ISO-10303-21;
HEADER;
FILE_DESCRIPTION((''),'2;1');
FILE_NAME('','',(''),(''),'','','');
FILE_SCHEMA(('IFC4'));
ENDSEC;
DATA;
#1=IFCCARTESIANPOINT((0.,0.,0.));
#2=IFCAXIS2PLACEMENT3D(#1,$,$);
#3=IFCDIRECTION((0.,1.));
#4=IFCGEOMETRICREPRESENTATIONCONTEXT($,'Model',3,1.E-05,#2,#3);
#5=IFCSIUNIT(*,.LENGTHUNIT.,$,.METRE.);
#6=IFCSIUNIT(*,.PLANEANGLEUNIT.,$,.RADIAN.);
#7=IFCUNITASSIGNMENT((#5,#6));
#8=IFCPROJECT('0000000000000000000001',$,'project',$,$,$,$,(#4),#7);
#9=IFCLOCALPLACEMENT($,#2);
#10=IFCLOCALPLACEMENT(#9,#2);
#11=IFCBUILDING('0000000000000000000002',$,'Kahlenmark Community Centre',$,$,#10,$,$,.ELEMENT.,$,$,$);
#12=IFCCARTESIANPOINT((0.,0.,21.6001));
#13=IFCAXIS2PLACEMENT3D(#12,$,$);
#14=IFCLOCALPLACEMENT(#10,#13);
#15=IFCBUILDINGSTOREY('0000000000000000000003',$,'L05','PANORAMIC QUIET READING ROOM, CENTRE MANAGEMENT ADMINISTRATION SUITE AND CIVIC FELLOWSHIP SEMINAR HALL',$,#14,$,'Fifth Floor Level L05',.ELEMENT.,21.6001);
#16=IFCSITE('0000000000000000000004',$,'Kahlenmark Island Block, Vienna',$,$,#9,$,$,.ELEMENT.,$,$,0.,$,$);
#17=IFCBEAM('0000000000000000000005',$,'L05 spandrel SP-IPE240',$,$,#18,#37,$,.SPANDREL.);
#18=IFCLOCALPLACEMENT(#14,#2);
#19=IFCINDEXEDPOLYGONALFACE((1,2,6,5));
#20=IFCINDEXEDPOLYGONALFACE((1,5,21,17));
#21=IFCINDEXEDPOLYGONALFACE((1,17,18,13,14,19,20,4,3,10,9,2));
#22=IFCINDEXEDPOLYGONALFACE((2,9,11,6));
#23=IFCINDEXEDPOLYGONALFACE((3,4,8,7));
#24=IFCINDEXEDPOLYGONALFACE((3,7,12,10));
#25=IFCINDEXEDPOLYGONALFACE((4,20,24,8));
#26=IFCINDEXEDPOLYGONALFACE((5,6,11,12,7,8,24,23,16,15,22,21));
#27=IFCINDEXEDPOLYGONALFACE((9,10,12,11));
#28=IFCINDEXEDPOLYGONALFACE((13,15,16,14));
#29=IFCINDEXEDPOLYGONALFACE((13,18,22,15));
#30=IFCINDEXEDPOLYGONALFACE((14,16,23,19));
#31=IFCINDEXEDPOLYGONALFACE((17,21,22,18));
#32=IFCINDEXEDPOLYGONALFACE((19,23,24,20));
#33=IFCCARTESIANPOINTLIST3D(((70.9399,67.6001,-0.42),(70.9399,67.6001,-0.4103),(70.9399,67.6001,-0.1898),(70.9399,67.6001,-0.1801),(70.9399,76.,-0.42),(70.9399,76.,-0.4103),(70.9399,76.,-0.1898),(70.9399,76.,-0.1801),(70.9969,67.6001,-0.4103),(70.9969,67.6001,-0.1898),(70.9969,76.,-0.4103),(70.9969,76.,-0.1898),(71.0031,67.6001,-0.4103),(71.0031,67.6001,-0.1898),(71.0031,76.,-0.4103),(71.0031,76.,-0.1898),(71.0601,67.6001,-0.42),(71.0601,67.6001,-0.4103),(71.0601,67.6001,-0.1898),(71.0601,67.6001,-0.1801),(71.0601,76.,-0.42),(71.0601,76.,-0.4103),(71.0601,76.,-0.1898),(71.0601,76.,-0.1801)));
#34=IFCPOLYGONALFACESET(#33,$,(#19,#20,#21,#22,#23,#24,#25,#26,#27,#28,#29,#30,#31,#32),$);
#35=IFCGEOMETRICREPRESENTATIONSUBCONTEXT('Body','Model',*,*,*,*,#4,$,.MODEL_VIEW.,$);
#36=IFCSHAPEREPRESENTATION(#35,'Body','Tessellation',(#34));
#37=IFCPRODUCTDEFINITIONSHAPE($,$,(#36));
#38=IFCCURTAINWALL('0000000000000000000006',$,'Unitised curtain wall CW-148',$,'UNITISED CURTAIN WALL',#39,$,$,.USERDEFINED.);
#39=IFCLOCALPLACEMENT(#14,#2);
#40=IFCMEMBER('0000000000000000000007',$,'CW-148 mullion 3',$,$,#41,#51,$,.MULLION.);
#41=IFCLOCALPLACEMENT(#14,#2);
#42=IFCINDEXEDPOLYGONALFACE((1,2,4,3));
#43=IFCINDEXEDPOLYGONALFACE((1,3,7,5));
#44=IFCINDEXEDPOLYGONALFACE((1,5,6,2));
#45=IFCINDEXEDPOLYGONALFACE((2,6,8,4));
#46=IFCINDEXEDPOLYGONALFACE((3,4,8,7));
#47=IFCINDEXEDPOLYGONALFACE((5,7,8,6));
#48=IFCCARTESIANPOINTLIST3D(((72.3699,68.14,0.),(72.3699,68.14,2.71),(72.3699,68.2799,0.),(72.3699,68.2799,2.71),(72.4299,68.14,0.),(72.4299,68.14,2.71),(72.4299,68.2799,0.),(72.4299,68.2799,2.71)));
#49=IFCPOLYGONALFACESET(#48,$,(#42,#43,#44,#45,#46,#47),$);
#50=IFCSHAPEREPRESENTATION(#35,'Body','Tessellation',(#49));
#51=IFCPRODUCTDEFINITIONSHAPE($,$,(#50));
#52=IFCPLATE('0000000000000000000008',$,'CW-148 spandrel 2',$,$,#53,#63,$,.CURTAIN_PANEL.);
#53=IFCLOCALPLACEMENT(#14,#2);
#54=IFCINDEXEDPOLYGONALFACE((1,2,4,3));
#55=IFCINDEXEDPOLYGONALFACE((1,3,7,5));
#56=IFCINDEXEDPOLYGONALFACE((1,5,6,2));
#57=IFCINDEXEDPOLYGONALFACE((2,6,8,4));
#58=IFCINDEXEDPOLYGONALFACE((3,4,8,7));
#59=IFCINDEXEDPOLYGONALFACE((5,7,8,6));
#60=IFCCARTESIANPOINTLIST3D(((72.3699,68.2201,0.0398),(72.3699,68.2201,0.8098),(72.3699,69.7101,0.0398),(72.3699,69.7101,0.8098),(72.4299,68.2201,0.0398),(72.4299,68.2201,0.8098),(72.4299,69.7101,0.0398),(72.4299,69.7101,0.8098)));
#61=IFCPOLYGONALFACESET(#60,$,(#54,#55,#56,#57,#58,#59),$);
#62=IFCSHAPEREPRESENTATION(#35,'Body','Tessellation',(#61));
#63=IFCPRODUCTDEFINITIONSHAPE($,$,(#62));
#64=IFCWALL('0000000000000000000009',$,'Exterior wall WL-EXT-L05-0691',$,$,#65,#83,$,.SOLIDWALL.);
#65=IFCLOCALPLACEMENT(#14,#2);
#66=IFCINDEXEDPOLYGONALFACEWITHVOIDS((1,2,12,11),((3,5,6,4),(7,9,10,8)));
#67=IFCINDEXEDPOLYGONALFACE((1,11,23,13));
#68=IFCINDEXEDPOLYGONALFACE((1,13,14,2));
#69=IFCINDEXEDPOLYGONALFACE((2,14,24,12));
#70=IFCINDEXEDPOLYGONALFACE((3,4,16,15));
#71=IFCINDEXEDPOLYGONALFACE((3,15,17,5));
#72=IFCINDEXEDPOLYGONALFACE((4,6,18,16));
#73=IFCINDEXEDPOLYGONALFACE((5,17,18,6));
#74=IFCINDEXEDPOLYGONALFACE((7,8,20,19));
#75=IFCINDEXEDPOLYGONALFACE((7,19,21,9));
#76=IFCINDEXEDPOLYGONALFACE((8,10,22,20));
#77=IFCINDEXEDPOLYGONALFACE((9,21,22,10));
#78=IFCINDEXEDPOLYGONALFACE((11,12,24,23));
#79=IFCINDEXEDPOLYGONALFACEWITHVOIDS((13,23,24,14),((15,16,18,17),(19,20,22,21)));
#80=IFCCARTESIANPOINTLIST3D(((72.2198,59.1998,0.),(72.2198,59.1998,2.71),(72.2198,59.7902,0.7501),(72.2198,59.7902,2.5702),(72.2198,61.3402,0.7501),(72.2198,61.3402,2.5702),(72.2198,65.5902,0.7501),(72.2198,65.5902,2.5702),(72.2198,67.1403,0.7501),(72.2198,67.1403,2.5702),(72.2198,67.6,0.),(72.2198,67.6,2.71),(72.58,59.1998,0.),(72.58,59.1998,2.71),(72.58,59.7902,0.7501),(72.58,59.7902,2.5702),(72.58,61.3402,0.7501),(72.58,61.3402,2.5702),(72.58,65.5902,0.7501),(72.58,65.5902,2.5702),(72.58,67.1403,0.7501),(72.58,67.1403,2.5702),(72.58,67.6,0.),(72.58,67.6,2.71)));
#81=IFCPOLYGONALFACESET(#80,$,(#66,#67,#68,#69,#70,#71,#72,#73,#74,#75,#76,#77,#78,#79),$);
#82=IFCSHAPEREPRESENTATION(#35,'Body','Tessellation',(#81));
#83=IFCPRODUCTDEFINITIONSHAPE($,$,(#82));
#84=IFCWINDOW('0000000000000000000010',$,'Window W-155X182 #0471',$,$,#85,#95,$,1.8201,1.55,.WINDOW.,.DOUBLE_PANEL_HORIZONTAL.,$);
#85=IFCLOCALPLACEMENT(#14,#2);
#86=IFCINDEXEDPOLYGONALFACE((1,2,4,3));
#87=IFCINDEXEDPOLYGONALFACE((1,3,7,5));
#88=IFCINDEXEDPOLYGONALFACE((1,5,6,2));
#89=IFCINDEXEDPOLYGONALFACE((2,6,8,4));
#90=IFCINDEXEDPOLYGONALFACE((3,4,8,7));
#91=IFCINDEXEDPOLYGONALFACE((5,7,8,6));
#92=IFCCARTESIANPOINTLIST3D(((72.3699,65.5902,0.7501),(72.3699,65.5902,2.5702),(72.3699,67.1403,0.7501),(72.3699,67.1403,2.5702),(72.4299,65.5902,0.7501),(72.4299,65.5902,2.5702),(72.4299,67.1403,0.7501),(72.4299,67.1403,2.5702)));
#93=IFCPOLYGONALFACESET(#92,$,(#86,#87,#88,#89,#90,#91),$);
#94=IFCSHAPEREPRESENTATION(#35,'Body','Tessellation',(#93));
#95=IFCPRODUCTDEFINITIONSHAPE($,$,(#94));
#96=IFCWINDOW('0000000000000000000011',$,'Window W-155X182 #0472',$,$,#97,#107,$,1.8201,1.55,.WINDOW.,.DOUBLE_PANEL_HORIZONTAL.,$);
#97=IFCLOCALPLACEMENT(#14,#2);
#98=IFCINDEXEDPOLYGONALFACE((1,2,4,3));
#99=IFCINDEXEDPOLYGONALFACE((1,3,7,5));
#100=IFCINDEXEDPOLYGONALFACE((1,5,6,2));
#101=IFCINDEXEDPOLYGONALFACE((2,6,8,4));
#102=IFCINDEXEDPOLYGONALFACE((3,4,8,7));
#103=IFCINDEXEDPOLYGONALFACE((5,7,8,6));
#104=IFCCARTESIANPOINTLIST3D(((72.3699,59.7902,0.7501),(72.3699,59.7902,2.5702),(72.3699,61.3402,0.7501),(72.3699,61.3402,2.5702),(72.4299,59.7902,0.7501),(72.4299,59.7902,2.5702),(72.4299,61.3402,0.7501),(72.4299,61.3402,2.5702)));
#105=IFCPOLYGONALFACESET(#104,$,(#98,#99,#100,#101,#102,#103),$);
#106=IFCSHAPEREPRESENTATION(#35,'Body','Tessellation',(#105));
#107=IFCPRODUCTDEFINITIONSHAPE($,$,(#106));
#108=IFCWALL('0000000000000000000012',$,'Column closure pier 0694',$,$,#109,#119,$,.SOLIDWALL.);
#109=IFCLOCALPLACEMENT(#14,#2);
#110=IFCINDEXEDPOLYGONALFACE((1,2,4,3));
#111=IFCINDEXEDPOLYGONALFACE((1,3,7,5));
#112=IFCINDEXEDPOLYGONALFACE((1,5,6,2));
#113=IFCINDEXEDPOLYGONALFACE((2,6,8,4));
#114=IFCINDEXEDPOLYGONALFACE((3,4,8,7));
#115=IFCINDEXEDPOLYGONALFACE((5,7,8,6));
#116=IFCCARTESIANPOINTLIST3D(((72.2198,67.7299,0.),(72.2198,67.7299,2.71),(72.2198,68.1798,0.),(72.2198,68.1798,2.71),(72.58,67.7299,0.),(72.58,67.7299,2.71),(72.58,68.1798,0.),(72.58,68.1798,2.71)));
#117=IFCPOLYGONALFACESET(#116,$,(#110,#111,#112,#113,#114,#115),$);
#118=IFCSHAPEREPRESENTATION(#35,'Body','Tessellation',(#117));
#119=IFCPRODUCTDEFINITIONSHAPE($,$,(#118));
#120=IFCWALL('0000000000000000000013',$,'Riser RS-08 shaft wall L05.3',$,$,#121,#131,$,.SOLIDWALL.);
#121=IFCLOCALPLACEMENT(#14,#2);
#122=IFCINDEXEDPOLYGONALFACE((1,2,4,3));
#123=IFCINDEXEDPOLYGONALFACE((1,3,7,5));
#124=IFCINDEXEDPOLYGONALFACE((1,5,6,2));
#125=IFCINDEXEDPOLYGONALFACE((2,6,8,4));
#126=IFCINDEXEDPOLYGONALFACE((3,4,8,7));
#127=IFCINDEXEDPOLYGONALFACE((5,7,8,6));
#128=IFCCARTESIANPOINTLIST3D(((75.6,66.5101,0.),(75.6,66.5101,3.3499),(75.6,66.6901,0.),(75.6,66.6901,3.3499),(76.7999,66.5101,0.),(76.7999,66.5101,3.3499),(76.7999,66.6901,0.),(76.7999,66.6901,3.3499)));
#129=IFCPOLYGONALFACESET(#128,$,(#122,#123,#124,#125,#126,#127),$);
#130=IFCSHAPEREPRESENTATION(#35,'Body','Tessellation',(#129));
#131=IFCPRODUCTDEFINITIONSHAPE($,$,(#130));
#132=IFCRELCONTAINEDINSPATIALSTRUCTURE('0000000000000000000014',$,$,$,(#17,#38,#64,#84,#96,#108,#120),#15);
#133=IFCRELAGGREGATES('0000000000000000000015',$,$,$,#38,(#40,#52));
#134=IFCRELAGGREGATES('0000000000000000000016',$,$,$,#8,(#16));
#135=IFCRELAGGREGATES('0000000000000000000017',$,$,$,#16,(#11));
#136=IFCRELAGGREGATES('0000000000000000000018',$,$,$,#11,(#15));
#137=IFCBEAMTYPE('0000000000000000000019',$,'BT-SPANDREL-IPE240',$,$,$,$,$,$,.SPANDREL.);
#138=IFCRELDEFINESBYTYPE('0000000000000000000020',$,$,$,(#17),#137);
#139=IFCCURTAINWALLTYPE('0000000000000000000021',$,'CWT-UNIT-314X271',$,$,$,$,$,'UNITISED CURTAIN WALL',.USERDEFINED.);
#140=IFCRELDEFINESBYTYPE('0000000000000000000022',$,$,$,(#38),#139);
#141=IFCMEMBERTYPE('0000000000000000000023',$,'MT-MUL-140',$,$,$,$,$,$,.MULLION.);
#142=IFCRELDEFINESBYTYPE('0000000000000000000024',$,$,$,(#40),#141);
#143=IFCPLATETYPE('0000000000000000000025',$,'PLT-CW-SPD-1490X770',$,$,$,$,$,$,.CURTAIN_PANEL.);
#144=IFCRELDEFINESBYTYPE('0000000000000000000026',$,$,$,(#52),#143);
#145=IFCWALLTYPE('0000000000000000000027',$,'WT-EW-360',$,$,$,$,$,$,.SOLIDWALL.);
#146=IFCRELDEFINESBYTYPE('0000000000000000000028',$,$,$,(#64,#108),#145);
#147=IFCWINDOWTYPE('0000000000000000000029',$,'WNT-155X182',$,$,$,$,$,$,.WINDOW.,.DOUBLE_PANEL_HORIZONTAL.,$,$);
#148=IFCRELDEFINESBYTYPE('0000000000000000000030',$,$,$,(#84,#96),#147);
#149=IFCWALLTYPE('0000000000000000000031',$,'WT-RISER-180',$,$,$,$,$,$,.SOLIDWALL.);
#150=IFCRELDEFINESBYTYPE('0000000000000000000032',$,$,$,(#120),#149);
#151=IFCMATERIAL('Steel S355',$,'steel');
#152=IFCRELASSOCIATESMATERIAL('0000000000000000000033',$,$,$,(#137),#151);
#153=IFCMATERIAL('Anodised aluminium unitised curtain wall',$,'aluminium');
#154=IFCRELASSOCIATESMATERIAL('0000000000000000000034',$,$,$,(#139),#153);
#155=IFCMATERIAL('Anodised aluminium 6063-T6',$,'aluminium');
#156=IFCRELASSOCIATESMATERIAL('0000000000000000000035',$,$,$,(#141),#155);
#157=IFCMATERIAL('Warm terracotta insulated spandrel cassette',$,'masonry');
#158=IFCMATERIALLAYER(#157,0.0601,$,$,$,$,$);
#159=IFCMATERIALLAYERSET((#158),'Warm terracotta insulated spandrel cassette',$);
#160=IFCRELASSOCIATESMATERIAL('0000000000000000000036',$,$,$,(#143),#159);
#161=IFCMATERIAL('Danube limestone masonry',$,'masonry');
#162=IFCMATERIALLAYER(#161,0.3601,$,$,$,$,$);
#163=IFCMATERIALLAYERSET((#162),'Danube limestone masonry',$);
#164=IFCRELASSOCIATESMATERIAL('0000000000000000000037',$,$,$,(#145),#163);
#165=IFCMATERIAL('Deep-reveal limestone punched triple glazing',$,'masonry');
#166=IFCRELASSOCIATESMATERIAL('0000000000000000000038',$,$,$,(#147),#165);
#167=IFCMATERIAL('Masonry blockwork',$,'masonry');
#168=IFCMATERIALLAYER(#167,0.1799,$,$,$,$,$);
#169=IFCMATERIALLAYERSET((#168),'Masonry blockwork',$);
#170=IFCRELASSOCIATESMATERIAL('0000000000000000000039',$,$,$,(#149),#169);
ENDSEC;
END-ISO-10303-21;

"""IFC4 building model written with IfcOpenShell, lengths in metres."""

from ifc_helpers import new_model, si_unit, direction, frame, frame_2d, origin, origin_2d, place, context, subcontext, project, spatial, rectangle, i_section, extrude, material, layer, layer_set, material_profile, profile_set, type_object, element, fill, aggregate, save


model = new_model("IFC4")

# Units and contexts
model_context = context("Model", 3, precision=1e-05, world=origin(), true_north=direction((0.0, 1.0)))
body_context = subcontext(model_context, "Body", "Model", "MODEL_VIEW")
ifc_project = project(units=[si_unit("LENGTHUNIT", "METRE"), si_unit("PLANEANGLEUNIT", "RADIAN")], contexts=[model_context])

# Site, building, storey
site_placement = place(None, origin())
site = spatial("IfcSite", under=ifc_project, at=site_placement, Name="Kahlenmark Island Block, Vienna", CompositionType="ELEMENT", RefElevation=0.0)
building_placement = place(site_placement, origin())
building = spatial("IfcBuilding", under=site, at=building_placement, Name="Kahlenmark Community Centre", CompositionType="ELEMENT")
storey_placement = place(building_placement, frame((0.0, 0.0, 21.6001)))
storey = spatial("IfcBuildingStorey", under=building, at=storey_placement, Name="L05", Description="PANORAMIC QUIET READING ROOM, CENTRE MANAGEMENT ADMINISTRATION SUITE AND CIVIC FELLOWSHIP SEMINAR HALL", LongName="Fifth Floor Level L05", CompositionType="ELEMENT", Elevation=21.6001)

# Shared definitions
ifc_material_1 = material(Name="Steel S355", Category="steel")

# Beam
ifc_material_profile_1 = material_profile(ifc_material_1, i_section(OverallWidth=0.1201, OverallDepth=0.24, WebThickness=0.0061, FlangeThickness=0.0098, at=origin_2d()), Name="IPE 240")
ifc_profile_set_1 = profile_set([ifc_material_profile_1], Name="Steel S355")
beam_type_1 = type_object("IfcBeamType", Name="BT-SPANDREL-IPE240", PredefinedType="SPANDREL", material=ifc_profile_set_1)
for number, where, z_axis, x_axis, name in (
    (1, (71.0, 67.6001, -0.3), (0.0, 1.0, 0.0), (-1.0, 0.0, 0.0), "L05 spandrel SP-IPE240"),
):
    element("IfcBeam", number, at=place(storey_placement, frame(where, z_axis=z_axis, x_axis=x_axis)), inside=storey, type_object=beam_type_1, Name=name, PredefinedType="SPANDREL", context=body_context, shape_type="SweptSolid", body=[
        extrude(i_section(OverallWidth=0.1201, OverallDepth=0.24, WebThickness=0.0061, FlangeThickness=0.0098, at=origin_2d()), origin(), (0.0, 0.0, 1.0), 8.3999),
    ])

# Curtain wall, member, plate
ifc_material_2 = material(Name="Anodised aluminium unitised curtain wall", Category="aluminium")
curtain_wall_type = type_object("IfcCurtainWallType", Name="CWT-UNIT-314X271", ElementType="UNITISED CURTAIN WALL", PredefinedType="USERDEFINED", material=ifc_material_2)
curtain_wall_placement = place(storey_placement, origin())
curtain_wall = element("IfcCurtainWall", 2, at=curtain_wall_placement, inside=storey, type_object=curtain_wall_type, Name="Unitised curtain wall CW-148", ObjectType="UNITISED CURTAIN WALL", PredefinedType="USERDEFINED")
ifc_material_3 = material(Name="Anodised aluminium 6063-T6", Category="aluminium")
ifc_material_profile_2 = material_profile(ifc_material_3, rectangle(XDim=0.0601, YDim=0.1399, at=origin_2d()), Name="ALU MULLION 60x140")
ifc_profile_set_2 = profile_set([ifc_material_profile_2], Name="Anodised aluminium 6063-T6")
member_type = type_object("IfcMemberType", Name="MT-MUL-140", PredefinedType="MULLION", material=ifc_profile_set_2)
member_placement = place(storey_placement, frame((72.3999, 68.21, 0.0), z_axis=(0.0, 0.0, 1.0), x_axis=(1.0, 0.0, 0.0)))
member = element("IfcMember", 3, at=member_placement, type_object=member_type, Name="CW-148 mullion 3", PredefinedType="MULLION", context=body_context, shape_type="SweptSolid", body=[
    extrude(rectangle(XDim=0.0601, YDim=0.1399, at=origin_2d()), origin(), (0.0, 0.0, 1.0), 2.71),
])
ifc_material_4 = material(Name="Warm terracotta insulated spandrel cassette", Category="masonry")
ifc_layer_1 = layer(ifc_material_4, 0.0601)
ifc_layer_set_1 = layer_set([ifc_layer_1], Name="Warm terracotta insulated spandrel cassette")
plate_type = type_object("IfcPlateType", Name="PLT-CW-SPD-1490X770", PredefinedType="CURTAIN_PANEL", material=ifc_layer_set_1)
plate_placement = place(storey_placement, frame((72.3999, 68.9651, 0.0398), z_axis=(0.0, 0.0, 1.0), x_axis=(0.0, -1.0, 0.0)))
plate = element("IfcPlate", 4, at=plate_placement, type_object=plate_type, Name="CW-148 spandrel 2", PredefinedType="CURTAIN_PANEL", context=body_context, shape_type="SweptSolid", body=[
    extrude(rectangle(XDim=1.49, YDim=0.0601, at=origin_2d()), origin(), (0.0, 0.0, 1.0), 0.77),
])
aggregate(curtain_wall, [member, plate])

# Wall, openings, windows
ifc_material_5 = material(Name="Danube limestone masonry", Category="masonry")
ifc_layer_2 = layer(ifc_material_5, 0.3601)
ifc_layer_set_2 = layer_set([ifc_layer_2], Name="Danube limestone masonry")
wall_type_1 = type_object("IfcWallType", Name="WT-EW-360", PredefinedType="SOLIDWALL", material=ifc_layer_set_2)
wall_1_placement = place(storey_placement, frame((72.3999, 67.6001, 0.0), z_axis=(0.0, 0.0, 1.0), x_axis=(0.0, -1.0, 0.0)))
wall_1 = element("IfcWall", 5, at=wall_1_placement, inside=storey, type_object=wall_type_1, Name="Exterior wall WL-EXT-L05-0691", PredefinedType="SOLIDWALL", context=body_context, shape_type="SweptSolid", body=[
    extrude(rectangle(XDim=8.4001, YDim=0.3601, at=frame_2d((4.2002, 0.0))), origin(), (0.0, 0.0, 1.0), 2.71),
])
opening_1_placement = place(wall_1_placement, frame((0.46, 0.0, 0.75)))
opening_1 = element("IfcOpeningElement", 6, at=opening_1_placement, cuts=wall_1, PredefinedType="OPENING", context=body_context, shape_type="SweptSolid", body=[
    extrude(rectangle(XDim=1.55, YDim=1.8201, at=frame_2d((0.7749, 0.9102))), frame((0.0, 0.1899, 0.0), z_axis=(0.0, -1.0, 0.0), x_axis=(1.0, 0.0, 0.0)), (0.0, 0.0, 1.0), 0.3801),
])
opening_2_placement = place(wall_1_placement, frame((6.26, 0.0, 0.75)))
opening_2 = element("IfcOpeningElement", 7, at=opening_2_placement, cuts=wall_1, PredefinedType="OPENING", context=body_context, shape_type="SweptSolid", body=[
    extrude(rectangle(XDim=1.55, YDim=1.8201, at=frame_2d((0.7749, 0.9102))), frame((0.0, 0.1899, 0.0), z_axis=(0.0, -1.0, 0.0), x_axis=(1.0, 0.0, 0.0)), (0.0, 0.0, 1.0), 0.3801),
])
ifc_material_6 = material(Name="Deep-reveal limestone punched triple glazing", Category="masonry")
window_type = type_object("IfcWindowType", Name="WNT-155X182", PartitioningType="DOUBLE_PANEL_HORIZONTAL", PredefinedType="WINDOW", material=ifc_material_6)
window_1_placement = place(opening_1_placement, origin())
window_1 = element("IfcWindow", 8, at=window_1_placement, inside=storey, type_object=window_type, Name="Window W-155X182 #0471", OverallHeight=1.8201, OverallWidth=1.55, PartitioningType="DOUBLE_PANEL_HORIZONTAL", PredefinedType="WINDOW", context=body_context, shape_type="SweptSolid", body=[
    extrude(rectangle(XDim=1.55, YDim=1.8201, at=frame_2d((0.7749, 0.9102))), frame((0.0, 0.03, 0.0), z_axis=(0.0, -1.0, 0.0), x_axis=(1.0, 0.0, 0.0)), (0.0, 0.0, 1.0), 0.0601),
])
fill(opening_1, window_1)
window_2_placement = place(opening_2_placement, origin())
window_2 = element("IfcWindow", 9, at=window_2_placement, inside=storey, type_object=window_type, Name="Window W-155X182 #0472", OverallHeight=1.8201, OverallWidth=1.55, PartitioningType="DOUBLE_PANEL_HORIZONTAL", PredefinedType="WINDOW", context=body_context, shape_type="SweptSolid", body=[
    extrude(rectangle(XDim=1.55, YDim=1.8201, at=frame_2d((0.7749, 0.9102))), frame((0.0, 0.03, 0.0), z_axis=(0.0, -1.0, 0.0), x_axis=(1.0, 0.0, 0.0)), (0.0, 0.0, 1.0), 0.0601),
])
fill(opening_2, window_2)

# Wall
wall_2_placement = place(storey_placement, frame((72.3999, 68.1799, 0.0), z_axis=(0.0, 0.0, 1.0), x_axis=(0.0, -1.0, 0.0)))
element("IfcWall", 10, at=wall_2_placement, inside=storey, type_object=wall_type_1, Name="Column closure pier 0694", PredefinedType="SOLIDWALL", context=body_context, shape_type="SweptSolid", body=[
    extrude(rectangle(XDim=0.45, YDim=0.3601, at=frame_2d((0.2251, 0.0))), origin(), (0.0, 0.0, 1.0), 2.71),
])

# Wall
ifc_material_7 = material(Name="Masonry blockwork", Category="masonry")
ifc_layer_3 = layer(ifc_material_7, 0.1799)
ifc_layer_set_3 = layer_set([ifc_layer_3], Name="Masonry blockwork")
wall_type_2 = type_object("IfcWallType", Name="WT-RISER-180", PredefinedType="SOLIDWALL", material=ifc_layer_set_3)
wall_3_placement = place(storey_placement, frame((76.8, 66.6001, 0.0), z_axis=(0.0, 0.0, 1.0), x_axis=(-1.0, 0.0, 0.0)))
element("IfcWall", 11, at=wall_3_placement, inside=storey, type_object=wall_type_2, Name="Riser RS-08 shaft wall L05.3", PredefinedType="SOLIDWALL", context=body_context, shape_type="SweptSolid", body=[
    extrude(rectangle(XDim=1.2, YDim=0.1799, at=frame_2d((0.6001, 0.0))), origin(), (0.0, 0.0, 1.0), 3.3499),
])

save(model, "model.ifc")
